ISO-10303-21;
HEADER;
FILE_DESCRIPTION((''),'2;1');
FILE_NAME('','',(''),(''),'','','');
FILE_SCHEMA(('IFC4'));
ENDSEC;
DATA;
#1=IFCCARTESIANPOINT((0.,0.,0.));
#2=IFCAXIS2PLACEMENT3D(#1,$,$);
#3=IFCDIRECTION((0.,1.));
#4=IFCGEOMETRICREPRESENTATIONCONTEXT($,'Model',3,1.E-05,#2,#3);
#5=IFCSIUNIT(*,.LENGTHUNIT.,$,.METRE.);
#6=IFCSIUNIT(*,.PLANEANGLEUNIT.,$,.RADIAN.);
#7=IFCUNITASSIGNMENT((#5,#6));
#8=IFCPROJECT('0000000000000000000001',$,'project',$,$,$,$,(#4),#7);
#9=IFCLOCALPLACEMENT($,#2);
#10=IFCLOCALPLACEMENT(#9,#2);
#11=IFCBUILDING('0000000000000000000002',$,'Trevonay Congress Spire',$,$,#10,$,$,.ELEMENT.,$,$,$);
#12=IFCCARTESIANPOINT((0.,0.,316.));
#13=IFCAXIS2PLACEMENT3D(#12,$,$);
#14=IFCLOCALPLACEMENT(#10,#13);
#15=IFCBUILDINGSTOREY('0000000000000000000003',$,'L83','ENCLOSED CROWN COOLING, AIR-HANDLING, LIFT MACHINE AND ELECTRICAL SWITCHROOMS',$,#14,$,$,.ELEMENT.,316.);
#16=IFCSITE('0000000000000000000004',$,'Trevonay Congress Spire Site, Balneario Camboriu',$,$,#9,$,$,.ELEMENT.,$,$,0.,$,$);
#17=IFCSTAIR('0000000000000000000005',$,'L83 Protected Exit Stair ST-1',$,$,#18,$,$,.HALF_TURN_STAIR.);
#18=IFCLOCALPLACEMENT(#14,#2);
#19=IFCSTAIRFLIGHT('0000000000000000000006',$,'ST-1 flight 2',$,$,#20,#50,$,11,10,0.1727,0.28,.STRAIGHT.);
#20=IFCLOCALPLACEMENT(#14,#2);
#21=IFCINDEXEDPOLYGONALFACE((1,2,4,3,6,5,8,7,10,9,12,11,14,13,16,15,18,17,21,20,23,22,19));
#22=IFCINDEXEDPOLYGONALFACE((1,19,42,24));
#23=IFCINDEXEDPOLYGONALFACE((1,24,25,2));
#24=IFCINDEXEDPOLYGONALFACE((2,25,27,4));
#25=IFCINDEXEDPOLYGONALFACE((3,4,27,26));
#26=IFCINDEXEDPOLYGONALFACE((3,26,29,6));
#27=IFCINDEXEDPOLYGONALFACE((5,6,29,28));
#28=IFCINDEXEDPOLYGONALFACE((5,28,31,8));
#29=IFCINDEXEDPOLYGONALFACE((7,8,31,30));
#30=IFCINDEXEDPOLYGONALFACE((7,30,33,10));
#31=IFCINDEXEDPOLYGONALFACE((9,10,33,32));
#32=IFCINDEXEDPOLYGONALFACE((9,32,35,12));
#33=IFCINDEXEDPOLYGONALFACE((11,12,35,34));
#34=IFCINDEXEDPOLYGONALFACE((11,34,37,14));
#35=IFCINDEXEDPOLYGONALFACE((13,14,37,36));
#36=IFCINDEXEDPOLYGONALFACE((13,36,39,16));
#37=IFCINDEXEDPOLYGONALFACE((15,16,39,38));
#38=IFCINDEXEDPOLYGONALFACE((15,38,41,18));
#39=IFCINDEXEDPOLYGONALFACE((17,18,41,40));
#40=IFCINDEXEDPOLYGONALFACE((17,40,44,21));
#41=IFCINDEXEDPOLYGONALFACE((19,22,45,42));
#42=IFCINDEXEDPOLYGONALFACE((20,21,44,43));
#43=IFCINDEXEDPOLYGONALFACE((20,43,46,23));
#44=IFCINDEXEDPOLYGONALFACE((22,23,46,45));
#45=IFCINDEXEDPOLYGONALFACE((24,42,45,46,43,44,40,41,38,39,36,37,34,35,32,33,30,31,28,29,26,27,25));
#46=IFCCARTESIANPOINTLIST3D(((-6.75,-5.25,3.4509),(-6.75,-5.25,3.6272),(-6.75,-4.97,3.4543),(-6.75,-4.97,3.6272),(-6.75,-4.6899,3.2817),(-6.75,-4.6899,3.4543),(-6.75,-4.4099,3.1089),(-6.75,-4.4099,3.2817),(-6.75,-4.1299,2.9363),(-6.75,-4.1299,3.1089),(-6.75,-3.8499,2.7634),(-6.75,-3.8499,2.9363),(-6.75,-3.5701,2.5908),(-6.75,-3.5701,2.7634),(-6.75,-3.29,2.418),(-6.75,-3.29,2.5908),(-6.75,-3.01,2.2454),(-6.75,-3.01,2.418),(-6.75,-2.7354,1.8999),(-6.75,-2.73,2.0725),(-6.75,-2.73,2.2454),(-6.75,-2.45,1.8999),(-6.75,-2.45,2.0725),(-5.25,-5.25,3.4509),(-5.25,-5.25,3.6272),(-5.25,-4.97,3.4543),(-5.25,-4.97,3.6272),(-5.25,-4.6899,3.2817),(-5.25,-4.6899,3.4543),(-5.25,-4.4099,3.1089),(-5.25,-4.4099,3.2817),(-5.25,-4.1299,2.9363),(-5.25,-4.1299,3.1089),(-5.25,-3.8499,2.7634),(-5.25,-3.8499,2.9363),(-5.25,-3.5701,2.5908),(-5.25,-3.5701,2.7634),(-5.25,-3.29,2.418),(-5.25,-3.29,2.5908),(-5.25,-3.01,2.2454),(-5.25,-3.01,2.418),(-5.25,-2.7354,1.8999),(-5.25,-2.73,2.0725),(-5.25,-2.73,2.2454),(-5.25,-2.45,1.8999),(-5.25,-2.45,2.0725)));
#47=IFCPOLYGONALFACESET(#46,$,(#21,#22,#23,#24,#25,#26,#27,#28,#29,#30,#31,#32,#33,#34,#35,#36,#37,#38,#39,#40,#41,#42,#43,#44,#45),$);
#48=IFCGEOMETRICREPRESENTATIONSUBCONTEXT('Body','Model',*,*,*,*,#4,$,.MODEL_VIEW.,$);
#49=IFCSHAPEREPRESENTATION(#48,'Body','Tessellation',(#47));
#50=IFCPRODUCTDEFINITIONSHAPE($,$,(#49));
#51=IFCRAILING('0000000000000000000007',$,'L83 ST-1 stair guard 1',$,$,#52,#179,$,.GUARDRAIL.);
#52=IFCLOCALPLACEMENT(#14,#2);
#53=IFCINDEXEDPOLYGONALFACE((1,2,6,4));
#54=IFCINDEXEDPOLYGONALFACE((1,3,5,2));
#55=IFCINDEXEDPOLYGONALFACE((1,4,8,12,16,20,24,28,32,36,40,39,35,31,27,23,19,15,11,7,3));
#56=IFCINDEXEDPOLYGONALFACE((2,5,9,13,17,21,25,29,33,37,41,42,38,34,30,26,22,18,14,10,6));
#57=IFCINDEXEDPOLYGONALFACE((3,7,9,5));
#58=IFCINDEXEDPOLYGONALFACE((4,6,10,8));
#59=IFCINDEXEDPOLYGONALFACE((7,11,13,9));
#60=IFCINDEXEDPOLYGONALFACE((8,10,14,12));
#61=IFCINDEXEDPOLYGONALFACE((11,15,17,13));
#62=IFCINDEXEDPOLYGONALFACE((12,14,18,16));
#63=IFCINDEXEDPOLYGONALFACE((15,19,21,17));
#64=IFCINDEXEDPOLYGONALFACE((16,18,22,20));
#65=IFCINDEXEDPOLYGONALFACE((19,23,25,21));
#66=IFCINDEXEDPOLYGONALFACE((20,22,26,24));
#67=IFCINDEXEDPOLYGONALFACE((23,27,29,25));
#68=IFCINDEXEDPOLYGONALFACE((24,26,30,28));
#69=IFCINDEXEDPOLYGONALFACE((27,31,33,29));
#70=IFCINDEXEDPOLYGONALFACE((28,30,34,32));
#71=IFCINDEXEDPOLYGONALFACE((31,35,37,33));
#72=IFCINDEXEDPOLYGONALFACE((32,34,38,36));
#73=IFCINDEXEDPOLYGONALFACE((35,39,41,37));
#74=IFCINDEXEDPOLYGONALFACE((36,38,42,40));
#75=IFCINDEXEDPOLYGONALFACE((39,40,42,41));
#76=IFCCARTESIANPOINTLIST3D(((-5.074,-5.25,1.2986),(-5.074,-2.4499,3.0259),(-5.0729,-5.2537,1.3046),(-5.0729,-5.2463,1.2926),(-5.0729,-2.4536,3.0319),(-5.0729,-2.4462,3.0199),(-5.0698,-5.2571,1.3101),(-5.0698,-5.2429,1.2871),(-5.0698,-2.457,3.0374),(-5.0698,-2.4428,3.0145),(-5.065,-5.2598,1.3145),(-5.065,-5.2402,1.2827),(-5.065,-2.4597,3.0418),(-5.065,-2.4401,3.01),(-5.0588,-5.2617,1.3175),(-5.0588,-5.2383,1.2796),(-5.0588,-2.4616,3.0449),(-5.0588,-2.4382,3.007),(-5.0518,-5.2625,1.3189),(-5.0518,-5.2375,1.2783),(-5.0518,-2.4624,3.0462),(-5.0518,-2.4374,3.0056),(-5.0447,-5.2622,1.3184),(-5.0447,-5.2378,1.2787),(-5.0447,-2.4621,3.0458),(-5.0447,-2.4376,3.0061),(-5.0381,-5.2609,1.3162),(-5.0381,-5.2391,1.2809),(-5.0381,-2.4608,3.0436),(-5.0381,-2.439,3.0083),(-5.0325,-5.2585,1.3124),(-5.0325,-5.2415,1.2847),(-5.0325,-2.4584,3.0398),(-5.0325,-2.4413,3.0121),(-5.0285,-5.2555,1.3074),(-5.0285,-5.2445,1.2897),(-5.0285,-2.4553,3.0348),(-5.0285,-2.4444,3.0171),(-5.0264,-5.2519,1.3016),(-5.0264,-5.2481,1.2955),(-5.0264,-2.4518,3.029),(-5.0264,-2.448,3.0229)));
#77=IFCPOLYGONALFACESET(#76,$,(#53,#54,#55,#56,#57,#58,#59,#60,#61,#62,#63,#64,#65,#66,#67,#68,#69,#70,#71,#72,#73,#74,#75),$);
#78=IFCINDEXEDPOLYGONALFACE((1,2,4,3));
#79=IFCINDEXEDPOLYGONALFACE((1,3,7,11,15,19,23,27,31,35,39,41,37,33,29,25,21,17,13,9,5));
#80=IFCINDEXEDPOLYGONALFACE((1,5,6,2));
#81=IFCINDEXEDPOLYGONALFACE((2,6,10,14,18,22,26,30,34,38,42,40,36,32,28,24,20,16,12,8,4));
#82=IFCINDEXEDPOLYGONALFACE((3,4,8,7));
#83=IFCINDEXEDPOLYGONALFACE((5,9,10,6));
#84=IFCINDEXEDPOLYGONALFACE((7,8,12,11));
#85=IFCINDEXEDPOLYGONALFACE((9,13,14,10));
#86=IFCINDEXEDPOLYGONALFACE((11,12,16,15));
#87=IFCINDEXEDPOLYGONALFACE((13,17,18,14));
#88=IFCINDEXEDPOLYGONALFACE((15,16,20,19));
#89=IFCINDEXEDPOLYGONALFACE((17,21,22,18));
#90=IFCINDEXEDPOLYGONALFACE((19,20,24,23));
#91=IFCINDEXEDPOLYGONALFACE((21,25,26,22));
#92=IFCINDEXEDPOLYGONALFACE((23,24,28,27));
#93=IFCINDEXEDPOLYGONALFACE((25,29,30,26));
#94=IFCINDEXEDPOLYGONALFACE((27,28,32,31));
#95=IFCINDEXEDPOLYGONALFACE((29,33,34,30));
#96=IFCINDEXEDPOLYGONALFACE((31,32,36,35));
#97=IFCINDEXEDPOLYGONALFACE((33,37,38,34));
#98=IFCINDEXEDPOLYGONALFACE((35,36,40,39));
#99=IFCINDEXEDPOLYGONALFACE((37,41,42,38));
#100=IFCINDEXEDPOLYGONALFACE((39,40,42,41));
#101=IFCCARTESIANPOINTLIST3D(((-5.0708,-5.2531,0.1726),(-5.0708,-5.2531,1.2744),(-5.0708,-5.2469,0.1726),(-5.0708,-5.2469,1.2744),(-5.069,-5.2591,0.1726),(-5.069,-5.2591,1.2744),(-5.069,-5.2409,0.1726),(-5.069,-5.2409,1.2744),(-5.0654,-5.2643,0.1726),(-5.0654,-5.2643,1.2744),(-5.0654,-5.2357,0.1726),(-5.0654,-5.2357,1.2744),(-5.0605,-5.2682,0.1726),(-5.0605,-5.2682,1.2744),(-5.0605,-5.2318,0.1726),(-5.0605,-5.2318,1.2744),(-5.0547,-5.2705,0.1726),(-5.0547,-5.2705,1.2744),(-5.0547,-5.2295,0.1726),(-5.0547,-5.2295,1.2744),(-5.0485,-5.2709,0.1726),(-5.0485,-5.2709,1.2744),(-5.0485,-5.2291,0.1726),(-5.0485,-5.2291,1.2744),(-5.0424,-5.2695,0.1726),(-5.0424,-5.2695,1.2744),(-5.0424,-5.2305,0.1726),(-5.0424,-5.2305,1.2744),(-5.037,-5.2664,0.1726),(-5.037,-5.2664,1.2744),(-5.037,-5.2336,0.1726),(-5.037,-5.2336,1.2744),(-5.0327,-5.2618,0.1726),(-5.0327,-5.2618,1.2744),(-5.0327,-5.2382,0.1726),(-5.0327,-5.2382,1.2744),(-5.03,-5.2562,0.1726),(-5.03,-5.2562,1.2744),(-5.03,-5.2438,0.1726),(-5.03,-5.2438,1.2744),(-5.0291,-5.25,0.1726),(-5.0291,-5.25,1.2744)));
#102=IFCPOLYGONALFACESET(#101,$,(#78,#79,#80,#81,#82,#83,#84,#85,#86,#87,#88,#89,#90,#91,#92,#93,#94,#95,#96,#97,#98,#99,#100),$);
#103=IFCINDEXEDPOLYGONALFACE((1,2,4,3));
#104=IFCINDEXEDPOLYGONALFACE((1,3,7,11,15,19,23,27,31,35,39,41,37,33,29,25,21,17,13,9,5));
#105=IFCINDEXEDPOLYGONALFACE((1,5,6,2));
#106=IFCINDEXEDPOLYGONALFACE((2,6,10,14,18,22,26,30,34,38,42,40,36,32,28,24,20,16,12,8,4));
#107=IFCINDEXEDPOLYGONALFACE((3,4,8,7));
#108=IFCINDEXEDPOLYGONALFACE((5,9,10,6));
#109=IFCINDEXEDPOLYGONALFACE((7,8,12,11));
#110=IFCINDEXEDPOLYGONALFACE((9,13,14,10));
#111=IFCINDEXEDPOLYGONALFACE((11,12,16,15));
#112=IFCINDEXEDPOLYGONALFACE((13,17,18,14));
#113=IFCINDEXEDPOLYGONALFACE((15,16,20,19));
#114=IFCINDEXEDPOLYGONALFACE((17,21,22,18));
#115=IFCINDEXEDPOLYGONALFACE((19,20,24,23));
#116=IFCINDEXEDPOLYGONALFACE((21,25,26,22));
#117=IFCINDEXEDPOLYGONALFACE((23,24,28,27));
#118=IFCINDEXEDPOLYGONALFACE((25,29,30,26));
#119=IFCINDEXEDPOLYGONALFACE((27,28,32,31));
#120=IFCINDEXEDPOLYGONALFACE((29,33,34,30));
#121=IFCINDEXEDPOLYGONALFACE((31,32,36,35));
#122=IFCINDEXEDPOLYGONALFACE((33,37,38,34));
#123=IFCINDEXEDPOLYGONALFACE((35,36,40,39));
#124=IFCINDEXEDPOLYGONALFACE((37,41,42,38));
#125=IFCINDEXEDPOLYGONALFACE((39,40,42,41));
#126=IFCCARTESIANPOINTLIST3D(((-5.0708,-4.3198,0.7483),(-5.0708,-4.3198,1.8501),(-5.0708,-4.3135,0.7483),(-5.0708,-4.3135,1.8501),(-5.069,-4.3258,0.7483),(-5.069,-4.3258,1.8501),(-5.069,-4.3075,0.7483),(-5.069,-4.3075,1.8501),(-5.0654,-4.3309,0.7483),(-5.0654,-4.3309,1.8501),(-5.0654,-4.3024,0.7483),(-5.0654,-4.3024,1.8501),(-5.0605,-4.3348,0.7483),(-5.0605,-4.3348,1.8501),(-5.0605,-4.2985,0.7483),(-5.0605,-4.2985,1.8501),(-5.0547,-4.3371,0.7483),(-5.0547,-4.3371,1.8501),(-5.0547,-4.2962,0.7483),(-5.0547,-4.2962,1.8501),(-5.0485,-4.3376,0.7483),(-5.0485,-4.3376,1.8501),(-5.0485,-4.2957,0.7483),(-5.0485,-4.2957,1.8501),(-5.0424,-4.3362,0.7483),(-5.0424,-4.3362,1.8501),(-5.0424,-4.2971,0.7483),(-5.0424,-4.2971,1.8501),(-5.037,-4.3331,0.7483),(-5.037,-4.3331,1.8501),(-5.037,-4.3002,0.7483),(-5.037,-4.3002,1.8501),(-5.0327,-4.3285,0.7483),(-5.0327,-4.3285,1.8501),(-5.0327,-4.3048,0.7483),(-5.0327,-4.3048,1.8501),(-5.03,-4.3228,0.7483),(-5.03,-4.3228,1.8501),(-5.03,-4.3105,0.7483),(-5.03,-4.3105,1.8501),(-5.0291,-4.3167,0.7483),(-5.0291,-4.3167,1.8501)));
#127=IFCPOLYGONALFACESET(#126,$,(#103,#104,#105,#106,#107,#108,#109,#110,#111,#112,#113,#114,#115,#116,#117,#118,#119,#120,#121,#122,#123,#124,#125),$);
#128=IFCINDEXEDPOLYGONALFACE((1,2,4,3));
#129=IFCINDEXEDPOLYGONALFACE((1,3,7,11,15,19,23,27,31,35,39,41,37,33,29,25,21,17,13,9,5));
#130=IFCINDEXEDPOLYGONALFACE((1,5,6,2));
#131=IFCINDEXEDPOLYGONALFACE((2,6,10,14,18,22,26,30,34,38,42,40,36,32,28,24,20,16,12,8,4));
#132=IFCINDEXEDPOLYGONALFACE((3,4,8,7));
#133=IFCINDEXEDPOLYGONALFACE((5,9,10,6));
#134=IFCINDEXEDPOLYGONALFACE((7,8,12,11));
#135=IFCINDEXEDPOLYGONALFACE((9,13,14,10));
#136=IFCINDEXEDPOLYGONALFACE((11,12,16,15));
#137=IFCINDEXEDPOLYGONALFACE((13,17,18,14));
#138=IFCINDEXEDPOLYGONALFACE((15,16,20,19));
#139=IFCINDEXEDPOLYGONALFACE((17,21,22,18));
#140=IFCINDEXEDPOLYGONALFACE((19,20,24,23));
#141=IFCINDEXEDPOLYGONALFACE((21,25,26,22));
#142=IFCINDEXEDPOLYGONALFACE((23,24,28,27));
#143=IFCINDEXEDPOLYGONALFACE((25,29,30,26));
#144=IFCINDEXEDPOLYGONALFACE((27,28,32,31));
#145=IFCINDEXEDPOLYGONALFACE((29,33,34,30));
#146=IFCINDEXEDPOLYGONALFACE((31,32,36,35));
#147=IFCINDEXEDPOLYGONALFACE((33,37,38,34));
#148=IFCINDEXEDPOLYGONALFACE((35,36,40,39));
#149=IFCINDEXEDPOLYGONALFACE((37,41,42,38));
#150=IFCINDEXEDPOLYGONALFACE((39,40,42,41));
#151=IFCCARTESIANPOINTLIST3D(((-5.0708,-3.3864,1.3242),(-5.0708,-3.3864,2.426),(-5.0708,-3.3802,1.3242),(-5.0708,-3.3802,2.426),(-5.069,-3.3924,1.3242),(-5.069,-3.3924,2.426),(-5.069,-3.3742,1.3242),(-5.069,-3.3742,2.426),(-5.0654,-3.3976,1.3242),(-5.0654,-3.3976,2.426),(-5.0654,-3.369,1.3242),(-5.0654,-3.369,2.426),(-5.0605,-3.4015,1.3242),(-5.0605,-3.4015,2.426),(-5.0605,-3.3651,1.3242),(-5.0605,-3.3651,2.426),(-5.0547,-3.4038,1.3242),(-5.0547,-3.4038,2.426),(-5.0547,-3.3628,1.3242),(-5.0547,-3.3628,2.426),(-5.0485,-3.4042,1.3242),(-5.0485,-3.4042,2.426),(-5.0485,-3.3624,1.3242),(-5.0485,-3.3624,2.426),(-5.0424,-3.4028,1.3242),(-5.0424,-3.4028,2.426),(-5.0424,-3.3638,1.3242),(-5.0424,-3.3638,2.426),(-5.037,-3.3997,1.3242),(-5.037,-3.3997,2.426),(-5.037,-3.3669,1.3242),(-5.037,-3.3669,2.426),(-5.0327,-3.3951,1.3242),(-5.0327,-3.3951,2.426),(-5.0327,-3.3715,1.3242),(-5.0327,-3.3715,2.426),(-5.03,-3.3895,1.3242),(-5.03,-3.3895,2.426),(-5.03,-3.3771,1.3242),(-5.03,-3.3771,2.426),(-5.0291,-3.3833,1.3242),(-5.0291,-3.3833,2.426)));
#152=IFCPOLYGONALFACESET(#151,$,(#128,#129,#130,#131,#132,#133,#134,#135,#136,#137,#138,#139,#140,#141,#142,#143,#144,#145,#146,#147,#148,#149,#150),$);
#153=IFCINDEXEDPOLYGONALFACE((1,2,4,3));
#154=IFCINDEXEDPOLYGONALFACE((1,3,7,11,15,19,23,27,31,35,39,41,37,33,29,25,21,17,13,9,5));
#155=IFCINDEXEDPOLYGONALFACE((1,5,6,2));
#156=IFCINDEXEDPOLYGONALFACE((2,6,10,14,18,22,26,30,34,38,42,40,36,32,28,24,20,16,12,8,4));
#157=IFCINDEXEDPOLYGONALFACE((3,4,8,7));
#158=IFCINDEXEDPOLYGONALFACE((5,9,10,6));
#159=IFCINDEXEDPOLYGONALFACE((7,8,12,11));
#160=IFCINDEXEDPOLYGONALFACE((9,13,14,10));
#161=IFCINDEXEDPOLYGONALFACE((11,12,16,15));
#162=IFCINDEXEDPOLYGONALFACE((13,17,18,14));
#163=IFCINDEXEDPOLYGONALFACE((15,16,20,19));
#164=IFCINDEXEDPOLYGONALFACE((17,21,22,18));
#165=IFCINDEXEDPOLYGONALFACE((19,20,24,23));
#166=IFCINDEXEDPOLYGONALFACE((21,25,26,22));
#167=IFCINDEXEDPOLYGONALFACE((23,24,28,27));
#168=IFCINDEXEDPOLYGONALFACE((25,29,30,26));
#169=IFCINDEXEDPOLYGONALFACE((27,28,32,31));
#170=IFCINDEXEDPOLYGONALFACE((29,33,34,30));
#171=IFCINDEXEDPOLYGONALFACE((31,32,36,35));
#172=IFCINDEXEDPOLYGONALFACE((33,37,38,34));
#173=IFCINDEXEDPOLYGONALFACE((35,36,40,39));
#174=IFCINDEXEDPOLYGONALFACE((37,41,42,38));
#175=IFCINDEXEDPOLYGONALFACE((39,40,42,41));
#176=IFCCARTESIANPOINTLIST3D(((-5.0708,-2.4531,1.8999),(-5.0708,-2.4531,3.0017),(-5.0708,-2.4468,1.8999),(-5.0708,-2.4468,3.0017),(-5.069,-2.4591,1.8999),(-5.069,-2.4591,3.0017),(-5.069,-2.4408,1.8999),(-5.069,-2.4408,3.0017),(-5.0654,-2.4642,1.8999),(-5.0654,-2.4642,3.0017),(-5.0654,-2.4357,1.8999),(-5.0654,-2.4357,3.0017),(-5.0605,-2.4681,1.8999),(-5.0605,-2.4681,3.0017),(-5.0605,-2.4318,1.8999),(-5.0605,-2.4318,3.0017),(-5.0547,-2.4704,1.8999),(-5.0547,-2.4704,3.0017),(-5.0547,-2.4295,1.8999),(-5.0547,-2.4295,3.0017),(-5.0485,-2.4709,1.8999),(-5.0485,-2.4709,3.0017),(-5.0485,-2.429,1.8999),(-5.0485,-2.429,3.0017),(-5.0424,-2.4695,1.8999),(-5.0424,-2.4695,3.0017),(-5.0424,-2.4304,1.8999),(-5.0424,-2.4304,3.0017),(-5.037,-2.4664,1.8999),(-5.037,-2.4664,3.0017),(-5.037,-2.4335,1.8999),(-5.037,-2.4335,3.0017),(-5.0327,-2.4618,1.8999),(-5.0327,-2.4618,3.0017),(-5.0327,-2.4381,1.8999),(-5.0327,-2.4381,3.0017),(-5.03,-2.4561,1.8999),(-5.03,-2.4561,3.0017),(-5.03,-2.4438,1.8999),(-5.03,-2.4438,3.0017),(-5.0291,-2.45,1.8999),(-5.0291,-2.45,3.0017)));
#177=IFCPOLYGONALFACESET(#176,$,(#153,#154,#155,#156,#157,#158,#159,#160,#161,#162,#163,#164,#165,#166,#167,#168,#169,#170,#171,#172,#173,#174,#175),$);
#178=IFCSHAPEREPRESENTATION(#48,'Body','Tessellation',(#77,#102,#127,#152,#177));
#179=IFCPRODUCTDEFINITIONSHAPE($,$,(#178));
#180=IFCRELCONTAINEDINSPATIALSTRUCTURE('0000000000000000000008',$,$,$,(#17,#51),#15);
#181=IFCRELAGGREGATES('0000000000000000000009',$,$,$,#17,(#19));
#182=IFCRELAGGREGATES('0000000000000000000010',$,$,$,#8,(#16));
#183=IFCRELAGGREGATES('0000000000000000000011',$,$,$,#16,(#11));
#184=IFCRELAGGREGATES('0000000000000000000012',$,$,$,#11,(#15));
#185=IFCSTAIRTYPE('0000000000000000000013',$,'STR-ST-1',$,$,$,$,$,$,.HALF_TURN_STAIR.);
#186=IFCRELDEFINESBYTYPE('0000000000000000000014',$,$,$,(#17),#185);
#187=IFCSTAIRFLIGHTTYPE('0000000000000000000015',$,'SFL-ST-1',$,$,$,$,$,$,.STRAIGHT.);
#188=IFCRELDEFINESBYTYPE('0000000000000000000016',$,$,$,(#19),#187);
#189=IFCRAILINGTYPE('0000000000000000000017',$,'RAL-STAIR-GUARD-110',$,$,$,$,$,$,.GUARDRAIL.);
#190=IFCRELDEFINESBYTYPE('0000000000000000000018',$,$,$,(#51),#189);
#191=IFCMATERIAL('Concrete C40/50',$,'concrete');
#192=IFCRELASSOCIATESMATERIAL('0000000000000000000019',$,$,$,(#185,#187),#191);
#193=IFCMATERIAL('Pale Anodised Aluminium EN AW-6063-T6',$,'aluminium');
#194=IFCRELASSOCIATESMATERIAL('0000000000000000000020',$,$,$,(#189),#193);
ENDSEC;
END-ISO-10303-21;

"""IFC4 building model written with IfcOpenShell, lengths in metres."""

from ifc_helpers import new_model, si_unit, direction, frame, origin, origin_2d, place, context, subcontext, project, spatial, polyline, circle, outline, extrude, material, type_object, element, aggregate, save


model = new_model("IFC4")

# Units and contexts
model_context = context("Model", 3, precision=1e-05, world=origin(), true_north=direction((0.0, 1.0)))
body_context = subcontext(model_context, "Body", "Model", "MODEL_VIEW")
ifc_project = project(units=[si_unit("LENGTHUNIT", "METRE"), si_unit("PLANEANGLEUNIT", "RADIAN")], contexts=[model_context])

# Site, building, storey
site_placement = place(None, origin())
site = spatial("IfcSite", under=ifc_project, at=site_placement, Name="Trevonay Congress Spire Site, Balneario Camboriu", CompositionType="ELEMENT", RefElevation=0.0)
building_placement = place(site_placement, origin())
building = spatial("IfcBuilding", under=site, at=building_placement, Name="Trevonay Congress Spire", CompositionType="ELEMENT")
storey_placement = place(building_placement, frame((0.0, 0.0, 316.0)))
storey = spatial("IfcBuildingStorey", under=building, at=storey_placement, Name="L83", Description="ENCLOSED CROWN COOLING, AIR-HANDLING, LIFT MACHINE AND ELECTRICAL SWITCHROOMS", CompositionType="ELEMENT", Elevation=316.0)

# Shared definitions
ifc_material_1 = material(Name="Concrete C40/50", Category="concrete")

# Stair, stair flight
stair_type = type_object("IfcStairType", Name="STR-ST-1", PredefinedType="HALF_TURN_STAIR", material=ifc_material_1)
stair_placement = place(storey_placement, origin())
stair = element("IfcStair", 1, at=stair_placement, inside=storey, type_object=stair_type, Name="L83 Protected Exit Stair ST-1", PredefinedType="HALF_TURN_STAIR")
stair_flight_type = type_object("IfcStairFlightType", Name="SFL-ST-1", PredefinedType="STRAIGHT", material=ifc_material_1)
stair_flight_1_placement = place(storey_placement, frame((-6.0, -2.45, 1.8999), z_axis=(0.0, 0.0, 1.0), x_axis=(0.0, -1.0, 0.0)))
stair_flight_1 = element("IfcStairFlight", 2, at=stair_flight_1_placement, type_object=stair_flight_type, Name="ST-1 flight 2", NumberOfRisers=11, NumberOfTreads=10, PredefinedType="STRAIGHT", RiserHeight=0.1727, TreadLength=0.28, context=body_context, shape_type="SweptSolid", body=[
    extrude(outline(polyline([(0.0, 0.0), (0.0, 0.1726), (0.28, 0.1726), (0.28, 0.3455), (0.5601, 0.3455), (0.5601, 0.5181), (0.8401, 0.5181), (0.8401, 0.6909), (1.1201, 0.6909), (1.1201, 0.8635), (1.3999, 0.8635), (1.3999, 1.0364), (1.6799, 1.0364), (1.6799, 1.209), (1.96, 1.209), (1.96, 1.3818), (2.24, 1.3818), (2.24, 1.5544), (2.52, 1.5544), (2.52, 1.7273), (2.8, 1.7273), (2.8, 1.8999), (2.8, 1.551), (0.2854, 0.0), (0.0, 0.0)])), frame((0.0, 0.75, 0.0), z_axis=(0.0, -1.0, 0.0), x_axis=(1.0, 0.0, 0.0)), (0.0, 0.0, 1.0), 1.5),
])
aggregate(stair, [stair_flight_1])

# Railing
ifc_material_2 = material(Name="Pale Anodised Aluminium EN AW-6063-T6", Category="aluminium")
railing_type_1 = type_object("IfcRailingType", Name="RAL-STAIR-GUARD-110", PredefinedType="GUARDRAIL", material=ifc_material_2)
railing_1_placement = place(storey_placement, frame((-5.05, -5.25, 0.1726)))
element("IfcRailing", 3, at=railing_1_placement, inside=storey, type_object=railing_type_1, Name="L83 ST-1 stair guard 1", PredefinedType="GUARDRAIL", context=body_context, shape_type="SweptSolid", body=[
    extrude(circle(Radius=0.0239, at=origin_2d()), frame((0.0, 0.0, 1.126), z_axis=(0.0, 0.85109, 0.52502), x_axis=(-1.0, 0.0, 0.0)), (0.0, 0.0, 1.0), 3.29),
    extrude(circle(Radius=0.021, at=origin_2d()), origin(), (0.0, 0.0, 1.0), 1.1018),
    extrude(circle(Radius=0.021, at=origin_2d()), frame((0.0, 0.9333, 0.5757)), (0.0, 0.0, 1.0), 1.1018),
    extrude(circle(Radius=0.021, at=origin_2d()), frame((0.0, 1.8667, 1.1516)), (0.0, 0.0, 1.0), 1.1018),
    extrude(circle(Radius=0.021, at=origin_2d()), frame((0.0, 2.8, 1.7273)), (0.0, 0.0, 1.0), 1.1018),
])

save(model, "model.ifc")
